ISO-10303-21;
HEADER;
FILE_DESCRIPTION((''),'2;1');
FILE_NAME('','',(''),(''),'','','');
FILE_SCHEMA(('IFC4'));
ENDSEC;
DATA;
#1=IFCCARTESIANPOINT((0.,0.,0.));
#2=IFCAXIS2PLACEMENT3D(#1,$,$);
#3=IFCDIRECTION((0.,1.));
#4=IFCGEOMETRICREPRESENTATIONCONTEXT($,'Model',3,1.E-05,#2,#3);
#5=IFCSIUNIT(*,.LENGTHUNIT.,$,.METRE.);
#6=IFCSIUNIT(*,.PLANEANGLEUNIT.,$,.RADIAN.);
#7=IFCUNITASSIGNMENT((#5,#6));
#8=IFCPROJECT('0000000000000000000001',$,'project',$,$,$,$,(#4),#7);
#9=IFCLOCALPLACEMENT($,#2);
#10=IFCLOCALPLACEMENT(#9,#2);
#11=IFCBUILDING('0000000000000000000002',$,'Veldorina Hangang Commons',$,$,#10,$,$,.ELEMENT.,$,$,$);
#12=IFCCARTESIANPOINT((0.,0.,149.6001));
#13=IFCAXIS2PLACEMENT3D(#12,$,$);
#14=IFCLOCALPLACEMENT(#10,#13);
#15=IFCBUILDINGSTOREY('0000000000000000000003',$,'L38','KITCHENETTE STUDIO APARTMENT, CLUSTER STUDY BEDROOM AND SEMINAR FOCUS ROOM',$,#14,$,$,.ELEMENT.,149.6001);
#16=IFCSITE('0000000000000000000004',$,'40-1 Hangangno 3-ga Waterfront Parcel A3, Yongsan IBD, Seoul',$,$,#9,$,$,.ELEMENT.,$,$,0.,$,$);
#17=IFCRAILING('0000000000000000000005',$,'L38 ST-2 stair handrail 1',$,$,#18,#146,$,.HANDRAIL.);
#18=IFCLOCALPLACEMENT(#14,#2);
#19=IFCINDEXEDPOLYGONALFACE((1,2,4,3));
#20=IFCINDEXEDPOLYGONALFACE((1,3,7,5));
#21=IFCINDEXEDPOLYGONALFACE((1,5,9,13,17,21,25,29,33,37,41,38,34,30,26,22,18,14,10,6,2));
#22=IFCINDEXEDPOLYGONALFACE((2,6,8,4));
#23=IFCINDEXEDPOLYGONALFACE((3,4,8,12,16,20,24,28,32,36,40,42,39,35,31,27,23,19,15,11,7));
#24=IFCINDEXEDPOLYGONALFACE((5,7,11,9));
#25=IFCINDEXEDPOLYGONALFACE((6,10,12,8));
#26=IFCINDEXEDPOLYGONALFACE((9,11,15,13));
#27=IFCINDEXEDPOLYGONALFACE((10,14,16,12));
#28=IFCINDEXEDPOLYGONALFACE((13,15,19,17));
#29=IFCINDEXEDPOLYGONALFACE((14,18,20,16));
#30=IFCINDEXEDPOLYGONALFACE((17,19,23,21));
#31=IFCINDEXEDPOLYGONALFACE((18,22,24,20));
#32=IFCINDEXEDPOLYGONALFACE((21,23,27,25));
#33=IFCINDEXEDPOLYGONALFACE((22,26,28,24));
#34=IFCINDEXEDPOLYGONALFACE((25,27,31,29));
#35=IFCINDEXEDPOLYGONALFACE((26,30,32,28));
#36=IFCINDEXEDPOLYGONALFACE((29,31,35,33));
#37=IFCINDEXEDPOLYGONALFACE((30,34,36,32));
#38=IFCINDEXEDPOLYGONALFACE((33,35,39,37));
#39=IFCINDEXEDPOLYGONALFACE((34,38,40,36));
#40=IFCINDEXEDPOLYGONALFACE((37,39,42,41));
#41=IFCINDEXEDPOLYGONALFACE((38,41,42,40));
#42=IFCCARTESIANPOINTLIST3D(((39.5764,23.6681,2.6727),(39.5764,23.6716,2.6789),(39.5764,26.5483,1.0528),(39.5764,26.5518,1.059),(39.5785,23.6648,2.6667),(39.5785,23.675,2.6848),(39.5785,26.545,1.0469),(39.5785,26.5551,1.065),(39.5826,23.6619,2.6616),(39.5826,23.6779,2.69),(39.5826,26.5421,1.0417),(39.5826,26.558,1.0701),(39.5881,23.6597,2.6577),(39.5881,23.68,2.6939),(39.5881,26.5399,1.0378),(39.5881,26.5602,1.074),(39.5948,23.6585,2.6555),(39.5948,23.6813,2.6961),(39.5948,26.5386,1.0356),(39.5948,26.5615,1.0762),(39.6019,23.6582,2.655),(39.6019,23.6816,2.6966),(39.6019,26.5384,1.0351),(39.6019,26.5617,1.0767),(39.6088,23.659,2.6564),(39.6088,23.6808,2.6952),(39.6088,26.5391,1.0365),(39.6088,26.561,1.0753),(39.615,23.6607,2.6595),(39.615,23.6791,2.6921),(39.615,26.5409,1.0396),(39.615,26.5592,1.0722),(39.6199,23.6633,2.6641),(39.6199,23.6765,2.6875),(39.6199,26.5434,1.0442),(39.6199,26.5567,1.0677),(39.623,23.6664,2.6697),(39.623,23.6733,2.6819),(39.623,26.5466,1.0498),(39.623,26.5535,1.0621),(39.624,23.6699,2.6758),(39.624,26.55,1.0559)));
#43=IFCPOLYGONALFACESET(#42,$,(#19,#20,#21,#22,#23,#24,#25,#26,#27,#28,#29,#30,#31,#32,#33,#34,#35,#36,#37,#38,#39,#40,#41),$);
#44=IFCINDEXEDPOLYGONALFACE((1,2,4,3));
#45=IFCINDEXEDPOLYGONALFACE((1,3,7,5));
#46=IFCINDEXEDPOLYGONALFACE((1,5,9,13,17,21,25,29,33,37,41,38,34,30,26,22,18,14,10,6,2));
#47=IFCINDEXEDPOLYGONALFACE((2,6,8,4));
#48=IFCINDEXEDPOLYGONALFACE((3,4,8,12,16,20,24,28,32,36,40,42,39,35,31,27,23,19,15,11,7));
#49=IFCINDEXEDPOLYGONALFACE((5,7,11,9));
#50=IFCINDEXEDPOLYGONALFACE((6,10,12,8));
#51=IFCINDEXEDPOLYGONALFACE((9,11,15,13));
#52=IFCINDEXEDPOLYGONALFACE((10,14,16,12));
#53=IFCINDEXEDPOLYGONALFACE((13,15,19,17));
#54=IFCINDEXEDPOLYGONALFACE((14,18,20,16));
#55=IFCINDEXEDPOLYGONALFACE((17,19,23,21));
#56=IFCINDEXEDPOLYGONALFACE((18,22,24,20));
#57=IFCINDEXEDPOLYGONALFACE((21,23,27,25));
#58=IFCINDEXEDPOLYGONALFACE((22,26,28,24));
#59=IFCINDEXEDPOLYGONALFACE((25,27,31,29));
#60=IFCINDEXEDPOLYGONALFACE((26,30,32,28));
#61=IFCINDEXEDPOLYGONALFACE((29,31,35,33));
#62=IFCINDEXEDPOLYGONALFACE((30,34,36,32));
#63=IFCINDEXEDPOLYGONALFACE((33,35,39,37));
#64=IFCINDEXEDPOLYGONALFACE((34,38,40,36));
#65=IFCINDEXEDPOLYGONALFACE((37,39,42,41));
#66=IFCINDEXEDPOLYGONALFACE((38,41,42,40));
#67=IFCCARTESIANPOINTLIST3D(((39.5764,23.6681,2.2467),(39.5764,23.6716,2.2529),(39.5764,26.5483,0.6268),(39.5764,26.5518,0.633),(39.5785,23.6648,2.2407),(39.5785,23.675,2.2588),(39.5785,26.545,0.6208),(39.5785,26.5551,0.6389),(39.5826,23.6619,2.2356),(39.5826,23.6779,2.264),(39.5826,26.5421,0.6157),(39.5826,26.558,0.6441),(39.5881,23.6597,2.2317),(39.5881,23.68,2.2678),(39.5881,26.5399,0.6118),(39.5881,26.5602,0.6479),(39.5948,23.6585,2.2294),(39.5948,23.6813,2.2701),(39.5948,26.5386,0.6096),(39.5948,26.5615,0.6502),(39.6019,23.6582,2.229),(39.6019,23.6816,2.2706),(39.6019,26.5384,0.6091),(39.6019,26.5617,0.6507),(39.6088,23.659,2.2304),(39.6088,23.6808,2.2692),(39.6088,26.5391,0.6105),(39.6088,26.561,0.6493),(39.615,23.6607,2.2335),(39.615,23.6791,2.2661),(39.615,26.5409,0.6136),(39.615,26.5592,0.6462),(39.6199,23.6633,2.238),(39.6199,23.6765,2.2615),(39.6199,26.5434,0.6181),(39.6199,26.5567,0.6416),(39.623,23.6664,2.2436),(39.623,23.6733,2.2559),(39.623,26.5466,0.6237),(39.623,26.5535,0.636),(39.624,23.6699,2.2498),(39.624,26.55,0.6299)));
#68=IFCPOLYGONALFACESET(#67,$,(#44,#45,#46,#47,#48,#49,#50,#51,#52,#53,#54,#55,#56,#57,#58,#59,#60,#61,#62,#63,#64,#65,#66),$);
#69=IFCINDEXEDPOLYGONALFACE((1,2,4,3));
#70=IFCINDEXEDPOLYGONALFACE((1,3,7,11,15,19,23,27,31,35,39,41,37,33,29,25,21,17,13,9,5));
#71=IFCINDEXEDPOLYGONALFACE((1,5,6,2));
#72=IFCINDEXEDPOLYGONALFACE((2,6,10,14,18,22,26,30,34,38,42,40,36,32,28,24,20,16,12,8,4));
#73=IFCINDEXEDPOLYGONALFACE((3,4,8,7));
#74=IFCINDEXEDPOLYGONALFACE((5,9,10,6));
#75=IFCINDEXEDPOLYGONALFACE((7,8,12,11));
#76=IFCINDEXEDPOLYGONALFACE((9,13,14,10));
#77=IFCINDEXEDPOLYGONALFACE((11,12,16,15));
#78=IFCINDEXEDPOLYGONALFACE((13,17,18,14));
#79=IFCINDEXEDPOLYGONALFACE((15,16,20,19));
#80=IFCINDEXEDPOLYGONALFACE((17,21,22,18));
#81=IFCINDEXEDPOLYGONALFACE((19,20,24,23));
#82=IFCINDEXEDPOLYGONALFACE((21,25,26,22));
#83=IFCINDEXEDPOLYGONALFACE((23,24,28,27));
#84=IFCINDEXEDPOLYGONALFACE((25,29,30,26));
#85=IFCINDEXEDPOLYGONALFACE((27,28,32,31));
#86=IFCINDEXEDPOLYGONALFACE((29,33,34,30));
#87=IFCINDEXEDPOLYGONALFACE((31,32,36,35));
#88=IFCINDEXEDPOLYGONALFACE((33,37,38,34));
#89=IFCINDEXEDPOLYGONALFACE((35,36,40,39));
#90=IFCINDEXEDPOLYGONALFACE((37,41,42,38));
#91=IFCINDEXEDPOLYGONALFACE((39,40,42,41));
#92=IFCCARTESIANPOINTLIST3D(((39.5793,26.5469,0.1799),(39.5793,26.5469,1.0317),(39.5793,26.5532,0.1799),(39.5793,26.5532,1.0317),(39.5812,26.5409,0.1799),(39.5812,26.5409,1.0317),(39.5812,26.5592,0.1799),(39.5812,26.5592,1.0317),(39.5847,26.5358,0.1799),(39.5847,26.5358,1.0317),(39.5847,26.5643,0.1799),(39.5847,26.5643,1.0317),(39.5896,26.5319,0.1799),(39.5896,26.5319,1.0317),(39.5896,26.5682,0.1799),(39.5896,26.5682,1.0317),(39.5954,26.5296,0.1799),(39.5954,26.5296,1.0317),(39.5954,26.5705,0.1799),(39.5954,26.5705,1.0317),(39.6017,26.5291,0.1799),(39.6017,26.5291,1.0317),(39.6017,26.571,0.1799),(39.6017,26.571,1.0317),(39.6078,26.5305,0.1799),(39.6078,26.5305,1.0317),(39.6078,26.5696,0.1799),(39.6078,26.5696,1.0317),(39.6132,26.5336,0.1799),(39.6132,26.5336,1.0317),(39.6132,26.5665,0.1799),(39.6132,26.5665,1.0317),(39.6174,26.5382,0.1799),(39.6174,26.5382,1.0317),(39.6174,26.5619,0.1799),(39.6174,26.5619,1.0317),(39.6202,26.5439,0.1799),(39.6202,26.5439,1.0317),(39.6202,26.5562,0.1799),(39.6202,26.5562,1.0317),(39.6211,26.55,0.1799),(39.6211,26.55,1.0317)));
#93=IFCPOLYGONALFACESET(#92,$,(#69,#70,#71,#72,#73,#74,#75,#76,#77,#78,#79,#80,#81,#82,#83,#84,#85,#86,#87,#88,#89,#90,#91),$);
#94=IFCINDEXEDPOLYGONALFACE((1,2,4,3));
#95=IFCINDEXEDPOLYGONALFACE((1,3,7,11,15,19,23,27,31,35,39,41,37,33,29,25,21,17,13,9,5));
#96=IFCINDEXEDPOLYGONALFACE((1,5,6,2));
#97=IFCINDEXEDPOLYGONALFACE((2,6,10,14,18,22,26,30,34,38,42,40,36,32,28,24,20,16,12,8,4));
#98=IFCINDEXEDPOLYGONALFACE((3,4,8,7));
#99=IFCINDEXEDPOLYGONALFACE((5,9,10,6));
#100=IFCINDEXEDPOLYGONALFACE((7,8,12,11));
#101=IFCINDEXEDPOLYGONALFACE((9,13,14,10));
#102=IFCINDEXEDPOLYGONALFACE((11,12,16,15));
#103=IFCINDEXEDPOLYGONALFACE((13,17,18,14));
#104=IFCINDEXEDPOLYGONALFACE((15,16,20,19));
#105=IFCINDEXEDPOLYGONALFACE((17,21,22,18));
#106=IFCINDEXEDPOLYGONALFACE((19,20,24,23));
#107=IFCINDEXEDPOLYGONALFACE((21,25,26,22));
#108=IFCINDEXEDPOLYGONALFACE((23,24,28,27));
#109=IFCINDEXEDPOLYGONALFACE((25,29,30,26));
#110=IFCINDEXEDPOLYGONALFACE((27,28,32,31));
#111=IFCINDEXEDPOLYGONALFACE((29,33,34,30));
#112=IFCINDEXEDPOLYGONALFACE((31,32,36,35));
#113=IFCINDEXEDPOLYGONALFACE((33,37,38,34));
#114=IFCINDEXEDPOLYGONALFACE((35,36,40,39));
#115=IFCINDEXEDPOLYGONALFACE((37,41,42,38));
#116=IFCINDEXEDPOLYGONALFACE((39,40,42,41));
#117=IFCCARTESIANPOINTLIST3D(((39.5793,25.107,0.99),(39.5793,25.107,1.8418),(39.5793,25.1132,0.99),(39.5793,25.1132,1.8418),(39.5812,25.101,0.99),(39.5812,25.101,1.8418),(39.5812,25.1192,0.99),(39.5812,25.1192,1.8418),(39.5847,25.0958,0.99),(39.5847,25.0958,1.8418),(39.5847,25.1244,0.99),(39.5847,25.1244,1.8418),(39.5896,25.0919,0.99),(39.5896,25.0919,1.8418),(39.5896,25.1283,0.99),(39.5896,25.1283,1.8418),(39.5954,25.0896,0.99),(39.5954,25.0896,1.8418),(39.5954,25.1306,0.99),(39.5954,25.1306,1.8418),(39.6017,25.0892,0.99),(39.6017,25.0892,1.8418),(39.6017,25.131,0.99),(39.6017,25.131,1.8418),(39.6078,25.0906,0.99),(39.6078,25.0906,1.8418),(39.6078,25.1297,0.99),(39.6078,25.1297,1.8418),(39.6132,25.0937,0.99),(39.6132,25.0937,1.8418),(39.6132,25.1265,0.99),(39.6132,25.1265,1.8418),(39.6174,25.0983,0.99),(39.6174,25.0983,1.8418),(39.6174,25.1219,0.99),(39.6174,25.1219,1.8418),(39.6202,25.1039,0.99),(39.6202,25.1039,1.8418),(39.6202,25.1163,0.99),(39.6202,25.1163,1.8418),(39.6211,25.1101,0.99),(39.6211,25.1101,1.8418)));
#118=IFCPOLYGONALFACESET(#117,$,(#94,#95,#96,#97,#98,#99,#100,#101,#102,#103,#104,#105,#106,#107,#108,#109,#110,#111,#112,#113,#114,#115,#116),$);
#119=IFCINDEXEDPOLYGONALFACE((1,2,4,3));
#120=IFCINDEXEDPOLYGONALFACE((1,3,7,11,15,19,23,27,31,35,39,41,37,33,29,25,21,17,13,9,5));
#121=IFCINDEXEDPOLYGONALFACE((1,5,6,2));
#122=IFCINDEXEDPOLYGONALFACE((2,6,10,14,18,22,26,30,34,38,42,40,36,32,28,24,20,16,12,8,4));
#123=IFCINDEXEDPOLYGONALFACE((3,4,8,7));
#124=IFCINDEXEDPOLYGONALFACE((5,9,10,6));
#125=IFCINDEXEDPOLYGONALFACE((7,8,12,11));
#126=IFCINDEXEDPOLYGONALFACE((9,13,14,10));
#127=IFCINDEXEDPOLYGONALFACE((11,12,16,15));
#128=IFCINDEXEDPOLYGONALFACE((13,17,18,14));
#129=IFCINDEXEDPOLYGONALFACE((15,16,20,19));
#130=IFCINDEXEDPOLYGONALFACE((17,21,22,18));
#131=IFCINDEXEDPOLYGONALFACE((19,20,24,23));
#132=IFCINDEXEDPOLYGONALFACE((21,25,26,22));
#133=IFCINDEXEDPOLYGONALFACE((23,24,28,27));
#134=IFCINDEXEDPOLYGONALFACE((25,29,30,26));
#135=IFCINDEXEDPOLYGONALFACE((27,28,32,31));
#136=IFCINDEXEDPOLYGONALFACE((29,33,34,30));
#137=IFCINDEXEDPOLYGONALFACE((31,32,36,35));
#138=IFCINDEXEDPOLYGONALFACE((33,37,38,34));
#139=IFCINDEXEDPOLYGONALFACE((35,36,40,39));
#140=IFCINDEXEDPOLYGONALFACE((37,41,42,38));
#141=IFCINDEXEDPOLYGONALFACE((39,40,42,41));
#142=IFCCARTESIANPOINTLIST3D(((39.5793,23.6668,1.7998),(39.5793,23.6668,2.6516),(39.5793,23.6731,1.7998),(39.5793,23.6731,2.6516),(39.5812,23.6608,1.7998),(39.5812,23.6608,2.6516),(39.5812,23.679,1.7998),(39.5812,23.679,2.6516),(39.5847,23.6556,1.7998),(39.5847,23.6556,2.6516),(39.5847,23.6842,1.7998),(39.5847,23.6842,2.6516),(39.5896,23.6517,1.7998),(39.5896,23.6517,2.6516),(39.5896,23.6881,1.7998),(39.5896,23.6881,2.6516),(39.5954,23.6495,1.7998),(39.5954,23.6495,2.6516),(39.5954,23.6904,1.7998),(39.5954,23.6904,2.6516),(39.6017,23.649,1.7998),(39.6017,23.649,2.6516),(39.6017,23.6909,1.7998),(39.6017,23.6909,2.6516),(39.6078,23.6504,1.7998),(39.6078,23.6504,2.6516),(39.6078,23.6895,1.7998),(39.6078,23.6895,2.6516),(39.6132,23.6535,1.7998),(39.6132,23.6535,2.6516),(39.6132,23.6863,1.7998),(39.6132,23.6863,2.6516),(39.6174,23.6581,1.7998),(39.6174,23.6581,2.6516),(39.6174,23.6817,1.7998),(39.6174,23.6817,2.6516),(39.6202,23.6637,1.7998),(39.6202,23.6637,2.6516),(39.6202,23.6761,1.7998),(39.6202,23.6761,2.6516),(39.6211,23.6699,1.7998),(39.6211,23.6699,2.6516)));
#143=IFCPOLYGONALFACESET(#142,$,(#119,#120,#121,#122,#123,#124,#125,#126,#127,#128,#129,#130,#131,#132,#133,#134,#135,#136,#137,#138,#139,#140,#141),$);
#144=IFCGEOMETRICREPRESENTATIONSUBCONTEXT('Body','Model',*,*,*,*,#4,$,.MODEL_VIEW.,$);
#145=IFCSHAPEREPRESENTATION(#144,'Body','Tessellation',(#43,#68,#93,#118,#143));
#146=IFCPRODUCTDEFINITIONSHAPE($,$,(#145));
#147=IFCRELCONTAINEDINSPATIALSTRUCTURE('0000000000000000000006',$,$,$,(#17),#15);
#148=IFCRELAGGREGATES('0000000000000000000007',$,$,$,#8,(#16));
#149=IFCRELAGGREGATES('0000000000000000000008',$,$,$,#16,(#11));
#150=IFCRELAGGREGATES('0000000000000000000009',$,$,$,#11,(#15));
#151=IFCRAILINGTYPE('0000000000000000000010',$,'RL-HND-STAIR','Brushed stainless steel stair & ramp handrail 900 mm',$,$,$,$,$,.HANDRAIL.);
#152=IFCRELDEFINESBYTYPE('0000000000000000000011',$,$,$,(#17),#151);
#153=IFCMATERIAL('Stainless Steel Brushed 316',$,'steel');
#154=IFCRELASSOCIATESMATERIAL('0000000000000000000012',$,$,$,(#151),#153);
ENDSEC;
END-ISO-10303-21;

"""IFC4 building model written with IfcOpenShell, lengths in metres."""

from ifc_helpers import new_model, si_unit, direction, frame, origin, origin_2d, place, context, subcontext, project, spatial, circle, extrude, material, type_object, element, save


model = new_model("IFC4")

# Units and contexts
model_context = context("Model", 3, precision=1e-05, world=origin(), true_north=direction((0.0, 1.0)))
body_context = subcontext(model_context, "Body", "Model", "MODEL_VIEW")
ifc_project = project(units=[si_unit("LENGTHUNIT", "METRE"), si_unit("PLANEANGLEUNIT", "RADIAN")], contexts=[model_context])

# Site, building, storey
site_placement = place(None, origin())
site = spatial("IfcSite", under=ifc_project, at=site_placement, Name="40-1 Hangangno 3-ga Waterfront Parcel A3, Yongsan IBD, Seoul", CompositionType="ELEMENT", RefElevation=0.0)
building_placement = place(site_placement, origin())
building = spatial("IfcBuilding", under=site, at=building_placement, Name="Veldorina Hangang Commons", CompositionType="ELEMENT")
storey_placement = place(building_placement, frame((0.0, 0.0, 149.6001)))
storey = spatial("IfcBuildingStorey", under=building, at=storey_placement, Name="L38", Description="KITCHENETTE STUDIO APARTMENT, CLUSTER STUDY BEDROOM AND SEMINAR FOCUS ROOM", CompositionType="ELEMENT", Elevation=149.6001)

# Railing
ifc_material_1 = material(Name="Stainless Steel Brushed 316", Category="steel")
railing_type_1 = type_object("IfcRailingType", Name="RL-HND-STAIR", Description="Brushed stainless steel stair & ramp handrail 900 mm", PredefinedType="HANDRAIL", material=ifc_material_1)
railing_1_placement = place(storey_placement, frame((39.6001, 26.55, 0.1799)))
element("IfcRailing", 1, at=railing_1_placement, inside=storey, type_object=railing_type_1, Name="L38 ST-2 stair handrail 1", PredefinedType="HANDRAIL", context=body_context, shape_type="SweptSolid", body=[
    extrude(circle(Radius=0.0239, at=origin_2d()), frame((0.0, 0.0, 0.876), z_axis=(0.0, -0.871601, 0.490216), x_axis=(1.0, 0.0, 0.0)), (0.0, 0.0, 1.0), 3.3044),
    extrude(circle(Radius=0.0239, at=origin_2d()), frame((0.0, 0.0, 0.45), z_axis=(0.0, -0.871601, 0.490216), x_axis=(1.0, 0.0, 0.0)), (0.0, 0.0, 1.0), 3.3044),
    extrude(circle(Radius=0.021, at=origin_2d()), origin(), (0.0, 0.0, 1.0), 0.8518),
    extrude(circle(Radius=0.021, at=origin_2d()), frame((0.0, -1.4399, 0.8101)), (0.0, 0.0, 1.0), 0.8518),
    extrude(circle(Radius=0.021, at=origin_2d()), frame((0.0, -2.8801, 1.6199)), (0.0, 0.0, 1.0), 0.8518),
])

save(model, "model.ifc")
